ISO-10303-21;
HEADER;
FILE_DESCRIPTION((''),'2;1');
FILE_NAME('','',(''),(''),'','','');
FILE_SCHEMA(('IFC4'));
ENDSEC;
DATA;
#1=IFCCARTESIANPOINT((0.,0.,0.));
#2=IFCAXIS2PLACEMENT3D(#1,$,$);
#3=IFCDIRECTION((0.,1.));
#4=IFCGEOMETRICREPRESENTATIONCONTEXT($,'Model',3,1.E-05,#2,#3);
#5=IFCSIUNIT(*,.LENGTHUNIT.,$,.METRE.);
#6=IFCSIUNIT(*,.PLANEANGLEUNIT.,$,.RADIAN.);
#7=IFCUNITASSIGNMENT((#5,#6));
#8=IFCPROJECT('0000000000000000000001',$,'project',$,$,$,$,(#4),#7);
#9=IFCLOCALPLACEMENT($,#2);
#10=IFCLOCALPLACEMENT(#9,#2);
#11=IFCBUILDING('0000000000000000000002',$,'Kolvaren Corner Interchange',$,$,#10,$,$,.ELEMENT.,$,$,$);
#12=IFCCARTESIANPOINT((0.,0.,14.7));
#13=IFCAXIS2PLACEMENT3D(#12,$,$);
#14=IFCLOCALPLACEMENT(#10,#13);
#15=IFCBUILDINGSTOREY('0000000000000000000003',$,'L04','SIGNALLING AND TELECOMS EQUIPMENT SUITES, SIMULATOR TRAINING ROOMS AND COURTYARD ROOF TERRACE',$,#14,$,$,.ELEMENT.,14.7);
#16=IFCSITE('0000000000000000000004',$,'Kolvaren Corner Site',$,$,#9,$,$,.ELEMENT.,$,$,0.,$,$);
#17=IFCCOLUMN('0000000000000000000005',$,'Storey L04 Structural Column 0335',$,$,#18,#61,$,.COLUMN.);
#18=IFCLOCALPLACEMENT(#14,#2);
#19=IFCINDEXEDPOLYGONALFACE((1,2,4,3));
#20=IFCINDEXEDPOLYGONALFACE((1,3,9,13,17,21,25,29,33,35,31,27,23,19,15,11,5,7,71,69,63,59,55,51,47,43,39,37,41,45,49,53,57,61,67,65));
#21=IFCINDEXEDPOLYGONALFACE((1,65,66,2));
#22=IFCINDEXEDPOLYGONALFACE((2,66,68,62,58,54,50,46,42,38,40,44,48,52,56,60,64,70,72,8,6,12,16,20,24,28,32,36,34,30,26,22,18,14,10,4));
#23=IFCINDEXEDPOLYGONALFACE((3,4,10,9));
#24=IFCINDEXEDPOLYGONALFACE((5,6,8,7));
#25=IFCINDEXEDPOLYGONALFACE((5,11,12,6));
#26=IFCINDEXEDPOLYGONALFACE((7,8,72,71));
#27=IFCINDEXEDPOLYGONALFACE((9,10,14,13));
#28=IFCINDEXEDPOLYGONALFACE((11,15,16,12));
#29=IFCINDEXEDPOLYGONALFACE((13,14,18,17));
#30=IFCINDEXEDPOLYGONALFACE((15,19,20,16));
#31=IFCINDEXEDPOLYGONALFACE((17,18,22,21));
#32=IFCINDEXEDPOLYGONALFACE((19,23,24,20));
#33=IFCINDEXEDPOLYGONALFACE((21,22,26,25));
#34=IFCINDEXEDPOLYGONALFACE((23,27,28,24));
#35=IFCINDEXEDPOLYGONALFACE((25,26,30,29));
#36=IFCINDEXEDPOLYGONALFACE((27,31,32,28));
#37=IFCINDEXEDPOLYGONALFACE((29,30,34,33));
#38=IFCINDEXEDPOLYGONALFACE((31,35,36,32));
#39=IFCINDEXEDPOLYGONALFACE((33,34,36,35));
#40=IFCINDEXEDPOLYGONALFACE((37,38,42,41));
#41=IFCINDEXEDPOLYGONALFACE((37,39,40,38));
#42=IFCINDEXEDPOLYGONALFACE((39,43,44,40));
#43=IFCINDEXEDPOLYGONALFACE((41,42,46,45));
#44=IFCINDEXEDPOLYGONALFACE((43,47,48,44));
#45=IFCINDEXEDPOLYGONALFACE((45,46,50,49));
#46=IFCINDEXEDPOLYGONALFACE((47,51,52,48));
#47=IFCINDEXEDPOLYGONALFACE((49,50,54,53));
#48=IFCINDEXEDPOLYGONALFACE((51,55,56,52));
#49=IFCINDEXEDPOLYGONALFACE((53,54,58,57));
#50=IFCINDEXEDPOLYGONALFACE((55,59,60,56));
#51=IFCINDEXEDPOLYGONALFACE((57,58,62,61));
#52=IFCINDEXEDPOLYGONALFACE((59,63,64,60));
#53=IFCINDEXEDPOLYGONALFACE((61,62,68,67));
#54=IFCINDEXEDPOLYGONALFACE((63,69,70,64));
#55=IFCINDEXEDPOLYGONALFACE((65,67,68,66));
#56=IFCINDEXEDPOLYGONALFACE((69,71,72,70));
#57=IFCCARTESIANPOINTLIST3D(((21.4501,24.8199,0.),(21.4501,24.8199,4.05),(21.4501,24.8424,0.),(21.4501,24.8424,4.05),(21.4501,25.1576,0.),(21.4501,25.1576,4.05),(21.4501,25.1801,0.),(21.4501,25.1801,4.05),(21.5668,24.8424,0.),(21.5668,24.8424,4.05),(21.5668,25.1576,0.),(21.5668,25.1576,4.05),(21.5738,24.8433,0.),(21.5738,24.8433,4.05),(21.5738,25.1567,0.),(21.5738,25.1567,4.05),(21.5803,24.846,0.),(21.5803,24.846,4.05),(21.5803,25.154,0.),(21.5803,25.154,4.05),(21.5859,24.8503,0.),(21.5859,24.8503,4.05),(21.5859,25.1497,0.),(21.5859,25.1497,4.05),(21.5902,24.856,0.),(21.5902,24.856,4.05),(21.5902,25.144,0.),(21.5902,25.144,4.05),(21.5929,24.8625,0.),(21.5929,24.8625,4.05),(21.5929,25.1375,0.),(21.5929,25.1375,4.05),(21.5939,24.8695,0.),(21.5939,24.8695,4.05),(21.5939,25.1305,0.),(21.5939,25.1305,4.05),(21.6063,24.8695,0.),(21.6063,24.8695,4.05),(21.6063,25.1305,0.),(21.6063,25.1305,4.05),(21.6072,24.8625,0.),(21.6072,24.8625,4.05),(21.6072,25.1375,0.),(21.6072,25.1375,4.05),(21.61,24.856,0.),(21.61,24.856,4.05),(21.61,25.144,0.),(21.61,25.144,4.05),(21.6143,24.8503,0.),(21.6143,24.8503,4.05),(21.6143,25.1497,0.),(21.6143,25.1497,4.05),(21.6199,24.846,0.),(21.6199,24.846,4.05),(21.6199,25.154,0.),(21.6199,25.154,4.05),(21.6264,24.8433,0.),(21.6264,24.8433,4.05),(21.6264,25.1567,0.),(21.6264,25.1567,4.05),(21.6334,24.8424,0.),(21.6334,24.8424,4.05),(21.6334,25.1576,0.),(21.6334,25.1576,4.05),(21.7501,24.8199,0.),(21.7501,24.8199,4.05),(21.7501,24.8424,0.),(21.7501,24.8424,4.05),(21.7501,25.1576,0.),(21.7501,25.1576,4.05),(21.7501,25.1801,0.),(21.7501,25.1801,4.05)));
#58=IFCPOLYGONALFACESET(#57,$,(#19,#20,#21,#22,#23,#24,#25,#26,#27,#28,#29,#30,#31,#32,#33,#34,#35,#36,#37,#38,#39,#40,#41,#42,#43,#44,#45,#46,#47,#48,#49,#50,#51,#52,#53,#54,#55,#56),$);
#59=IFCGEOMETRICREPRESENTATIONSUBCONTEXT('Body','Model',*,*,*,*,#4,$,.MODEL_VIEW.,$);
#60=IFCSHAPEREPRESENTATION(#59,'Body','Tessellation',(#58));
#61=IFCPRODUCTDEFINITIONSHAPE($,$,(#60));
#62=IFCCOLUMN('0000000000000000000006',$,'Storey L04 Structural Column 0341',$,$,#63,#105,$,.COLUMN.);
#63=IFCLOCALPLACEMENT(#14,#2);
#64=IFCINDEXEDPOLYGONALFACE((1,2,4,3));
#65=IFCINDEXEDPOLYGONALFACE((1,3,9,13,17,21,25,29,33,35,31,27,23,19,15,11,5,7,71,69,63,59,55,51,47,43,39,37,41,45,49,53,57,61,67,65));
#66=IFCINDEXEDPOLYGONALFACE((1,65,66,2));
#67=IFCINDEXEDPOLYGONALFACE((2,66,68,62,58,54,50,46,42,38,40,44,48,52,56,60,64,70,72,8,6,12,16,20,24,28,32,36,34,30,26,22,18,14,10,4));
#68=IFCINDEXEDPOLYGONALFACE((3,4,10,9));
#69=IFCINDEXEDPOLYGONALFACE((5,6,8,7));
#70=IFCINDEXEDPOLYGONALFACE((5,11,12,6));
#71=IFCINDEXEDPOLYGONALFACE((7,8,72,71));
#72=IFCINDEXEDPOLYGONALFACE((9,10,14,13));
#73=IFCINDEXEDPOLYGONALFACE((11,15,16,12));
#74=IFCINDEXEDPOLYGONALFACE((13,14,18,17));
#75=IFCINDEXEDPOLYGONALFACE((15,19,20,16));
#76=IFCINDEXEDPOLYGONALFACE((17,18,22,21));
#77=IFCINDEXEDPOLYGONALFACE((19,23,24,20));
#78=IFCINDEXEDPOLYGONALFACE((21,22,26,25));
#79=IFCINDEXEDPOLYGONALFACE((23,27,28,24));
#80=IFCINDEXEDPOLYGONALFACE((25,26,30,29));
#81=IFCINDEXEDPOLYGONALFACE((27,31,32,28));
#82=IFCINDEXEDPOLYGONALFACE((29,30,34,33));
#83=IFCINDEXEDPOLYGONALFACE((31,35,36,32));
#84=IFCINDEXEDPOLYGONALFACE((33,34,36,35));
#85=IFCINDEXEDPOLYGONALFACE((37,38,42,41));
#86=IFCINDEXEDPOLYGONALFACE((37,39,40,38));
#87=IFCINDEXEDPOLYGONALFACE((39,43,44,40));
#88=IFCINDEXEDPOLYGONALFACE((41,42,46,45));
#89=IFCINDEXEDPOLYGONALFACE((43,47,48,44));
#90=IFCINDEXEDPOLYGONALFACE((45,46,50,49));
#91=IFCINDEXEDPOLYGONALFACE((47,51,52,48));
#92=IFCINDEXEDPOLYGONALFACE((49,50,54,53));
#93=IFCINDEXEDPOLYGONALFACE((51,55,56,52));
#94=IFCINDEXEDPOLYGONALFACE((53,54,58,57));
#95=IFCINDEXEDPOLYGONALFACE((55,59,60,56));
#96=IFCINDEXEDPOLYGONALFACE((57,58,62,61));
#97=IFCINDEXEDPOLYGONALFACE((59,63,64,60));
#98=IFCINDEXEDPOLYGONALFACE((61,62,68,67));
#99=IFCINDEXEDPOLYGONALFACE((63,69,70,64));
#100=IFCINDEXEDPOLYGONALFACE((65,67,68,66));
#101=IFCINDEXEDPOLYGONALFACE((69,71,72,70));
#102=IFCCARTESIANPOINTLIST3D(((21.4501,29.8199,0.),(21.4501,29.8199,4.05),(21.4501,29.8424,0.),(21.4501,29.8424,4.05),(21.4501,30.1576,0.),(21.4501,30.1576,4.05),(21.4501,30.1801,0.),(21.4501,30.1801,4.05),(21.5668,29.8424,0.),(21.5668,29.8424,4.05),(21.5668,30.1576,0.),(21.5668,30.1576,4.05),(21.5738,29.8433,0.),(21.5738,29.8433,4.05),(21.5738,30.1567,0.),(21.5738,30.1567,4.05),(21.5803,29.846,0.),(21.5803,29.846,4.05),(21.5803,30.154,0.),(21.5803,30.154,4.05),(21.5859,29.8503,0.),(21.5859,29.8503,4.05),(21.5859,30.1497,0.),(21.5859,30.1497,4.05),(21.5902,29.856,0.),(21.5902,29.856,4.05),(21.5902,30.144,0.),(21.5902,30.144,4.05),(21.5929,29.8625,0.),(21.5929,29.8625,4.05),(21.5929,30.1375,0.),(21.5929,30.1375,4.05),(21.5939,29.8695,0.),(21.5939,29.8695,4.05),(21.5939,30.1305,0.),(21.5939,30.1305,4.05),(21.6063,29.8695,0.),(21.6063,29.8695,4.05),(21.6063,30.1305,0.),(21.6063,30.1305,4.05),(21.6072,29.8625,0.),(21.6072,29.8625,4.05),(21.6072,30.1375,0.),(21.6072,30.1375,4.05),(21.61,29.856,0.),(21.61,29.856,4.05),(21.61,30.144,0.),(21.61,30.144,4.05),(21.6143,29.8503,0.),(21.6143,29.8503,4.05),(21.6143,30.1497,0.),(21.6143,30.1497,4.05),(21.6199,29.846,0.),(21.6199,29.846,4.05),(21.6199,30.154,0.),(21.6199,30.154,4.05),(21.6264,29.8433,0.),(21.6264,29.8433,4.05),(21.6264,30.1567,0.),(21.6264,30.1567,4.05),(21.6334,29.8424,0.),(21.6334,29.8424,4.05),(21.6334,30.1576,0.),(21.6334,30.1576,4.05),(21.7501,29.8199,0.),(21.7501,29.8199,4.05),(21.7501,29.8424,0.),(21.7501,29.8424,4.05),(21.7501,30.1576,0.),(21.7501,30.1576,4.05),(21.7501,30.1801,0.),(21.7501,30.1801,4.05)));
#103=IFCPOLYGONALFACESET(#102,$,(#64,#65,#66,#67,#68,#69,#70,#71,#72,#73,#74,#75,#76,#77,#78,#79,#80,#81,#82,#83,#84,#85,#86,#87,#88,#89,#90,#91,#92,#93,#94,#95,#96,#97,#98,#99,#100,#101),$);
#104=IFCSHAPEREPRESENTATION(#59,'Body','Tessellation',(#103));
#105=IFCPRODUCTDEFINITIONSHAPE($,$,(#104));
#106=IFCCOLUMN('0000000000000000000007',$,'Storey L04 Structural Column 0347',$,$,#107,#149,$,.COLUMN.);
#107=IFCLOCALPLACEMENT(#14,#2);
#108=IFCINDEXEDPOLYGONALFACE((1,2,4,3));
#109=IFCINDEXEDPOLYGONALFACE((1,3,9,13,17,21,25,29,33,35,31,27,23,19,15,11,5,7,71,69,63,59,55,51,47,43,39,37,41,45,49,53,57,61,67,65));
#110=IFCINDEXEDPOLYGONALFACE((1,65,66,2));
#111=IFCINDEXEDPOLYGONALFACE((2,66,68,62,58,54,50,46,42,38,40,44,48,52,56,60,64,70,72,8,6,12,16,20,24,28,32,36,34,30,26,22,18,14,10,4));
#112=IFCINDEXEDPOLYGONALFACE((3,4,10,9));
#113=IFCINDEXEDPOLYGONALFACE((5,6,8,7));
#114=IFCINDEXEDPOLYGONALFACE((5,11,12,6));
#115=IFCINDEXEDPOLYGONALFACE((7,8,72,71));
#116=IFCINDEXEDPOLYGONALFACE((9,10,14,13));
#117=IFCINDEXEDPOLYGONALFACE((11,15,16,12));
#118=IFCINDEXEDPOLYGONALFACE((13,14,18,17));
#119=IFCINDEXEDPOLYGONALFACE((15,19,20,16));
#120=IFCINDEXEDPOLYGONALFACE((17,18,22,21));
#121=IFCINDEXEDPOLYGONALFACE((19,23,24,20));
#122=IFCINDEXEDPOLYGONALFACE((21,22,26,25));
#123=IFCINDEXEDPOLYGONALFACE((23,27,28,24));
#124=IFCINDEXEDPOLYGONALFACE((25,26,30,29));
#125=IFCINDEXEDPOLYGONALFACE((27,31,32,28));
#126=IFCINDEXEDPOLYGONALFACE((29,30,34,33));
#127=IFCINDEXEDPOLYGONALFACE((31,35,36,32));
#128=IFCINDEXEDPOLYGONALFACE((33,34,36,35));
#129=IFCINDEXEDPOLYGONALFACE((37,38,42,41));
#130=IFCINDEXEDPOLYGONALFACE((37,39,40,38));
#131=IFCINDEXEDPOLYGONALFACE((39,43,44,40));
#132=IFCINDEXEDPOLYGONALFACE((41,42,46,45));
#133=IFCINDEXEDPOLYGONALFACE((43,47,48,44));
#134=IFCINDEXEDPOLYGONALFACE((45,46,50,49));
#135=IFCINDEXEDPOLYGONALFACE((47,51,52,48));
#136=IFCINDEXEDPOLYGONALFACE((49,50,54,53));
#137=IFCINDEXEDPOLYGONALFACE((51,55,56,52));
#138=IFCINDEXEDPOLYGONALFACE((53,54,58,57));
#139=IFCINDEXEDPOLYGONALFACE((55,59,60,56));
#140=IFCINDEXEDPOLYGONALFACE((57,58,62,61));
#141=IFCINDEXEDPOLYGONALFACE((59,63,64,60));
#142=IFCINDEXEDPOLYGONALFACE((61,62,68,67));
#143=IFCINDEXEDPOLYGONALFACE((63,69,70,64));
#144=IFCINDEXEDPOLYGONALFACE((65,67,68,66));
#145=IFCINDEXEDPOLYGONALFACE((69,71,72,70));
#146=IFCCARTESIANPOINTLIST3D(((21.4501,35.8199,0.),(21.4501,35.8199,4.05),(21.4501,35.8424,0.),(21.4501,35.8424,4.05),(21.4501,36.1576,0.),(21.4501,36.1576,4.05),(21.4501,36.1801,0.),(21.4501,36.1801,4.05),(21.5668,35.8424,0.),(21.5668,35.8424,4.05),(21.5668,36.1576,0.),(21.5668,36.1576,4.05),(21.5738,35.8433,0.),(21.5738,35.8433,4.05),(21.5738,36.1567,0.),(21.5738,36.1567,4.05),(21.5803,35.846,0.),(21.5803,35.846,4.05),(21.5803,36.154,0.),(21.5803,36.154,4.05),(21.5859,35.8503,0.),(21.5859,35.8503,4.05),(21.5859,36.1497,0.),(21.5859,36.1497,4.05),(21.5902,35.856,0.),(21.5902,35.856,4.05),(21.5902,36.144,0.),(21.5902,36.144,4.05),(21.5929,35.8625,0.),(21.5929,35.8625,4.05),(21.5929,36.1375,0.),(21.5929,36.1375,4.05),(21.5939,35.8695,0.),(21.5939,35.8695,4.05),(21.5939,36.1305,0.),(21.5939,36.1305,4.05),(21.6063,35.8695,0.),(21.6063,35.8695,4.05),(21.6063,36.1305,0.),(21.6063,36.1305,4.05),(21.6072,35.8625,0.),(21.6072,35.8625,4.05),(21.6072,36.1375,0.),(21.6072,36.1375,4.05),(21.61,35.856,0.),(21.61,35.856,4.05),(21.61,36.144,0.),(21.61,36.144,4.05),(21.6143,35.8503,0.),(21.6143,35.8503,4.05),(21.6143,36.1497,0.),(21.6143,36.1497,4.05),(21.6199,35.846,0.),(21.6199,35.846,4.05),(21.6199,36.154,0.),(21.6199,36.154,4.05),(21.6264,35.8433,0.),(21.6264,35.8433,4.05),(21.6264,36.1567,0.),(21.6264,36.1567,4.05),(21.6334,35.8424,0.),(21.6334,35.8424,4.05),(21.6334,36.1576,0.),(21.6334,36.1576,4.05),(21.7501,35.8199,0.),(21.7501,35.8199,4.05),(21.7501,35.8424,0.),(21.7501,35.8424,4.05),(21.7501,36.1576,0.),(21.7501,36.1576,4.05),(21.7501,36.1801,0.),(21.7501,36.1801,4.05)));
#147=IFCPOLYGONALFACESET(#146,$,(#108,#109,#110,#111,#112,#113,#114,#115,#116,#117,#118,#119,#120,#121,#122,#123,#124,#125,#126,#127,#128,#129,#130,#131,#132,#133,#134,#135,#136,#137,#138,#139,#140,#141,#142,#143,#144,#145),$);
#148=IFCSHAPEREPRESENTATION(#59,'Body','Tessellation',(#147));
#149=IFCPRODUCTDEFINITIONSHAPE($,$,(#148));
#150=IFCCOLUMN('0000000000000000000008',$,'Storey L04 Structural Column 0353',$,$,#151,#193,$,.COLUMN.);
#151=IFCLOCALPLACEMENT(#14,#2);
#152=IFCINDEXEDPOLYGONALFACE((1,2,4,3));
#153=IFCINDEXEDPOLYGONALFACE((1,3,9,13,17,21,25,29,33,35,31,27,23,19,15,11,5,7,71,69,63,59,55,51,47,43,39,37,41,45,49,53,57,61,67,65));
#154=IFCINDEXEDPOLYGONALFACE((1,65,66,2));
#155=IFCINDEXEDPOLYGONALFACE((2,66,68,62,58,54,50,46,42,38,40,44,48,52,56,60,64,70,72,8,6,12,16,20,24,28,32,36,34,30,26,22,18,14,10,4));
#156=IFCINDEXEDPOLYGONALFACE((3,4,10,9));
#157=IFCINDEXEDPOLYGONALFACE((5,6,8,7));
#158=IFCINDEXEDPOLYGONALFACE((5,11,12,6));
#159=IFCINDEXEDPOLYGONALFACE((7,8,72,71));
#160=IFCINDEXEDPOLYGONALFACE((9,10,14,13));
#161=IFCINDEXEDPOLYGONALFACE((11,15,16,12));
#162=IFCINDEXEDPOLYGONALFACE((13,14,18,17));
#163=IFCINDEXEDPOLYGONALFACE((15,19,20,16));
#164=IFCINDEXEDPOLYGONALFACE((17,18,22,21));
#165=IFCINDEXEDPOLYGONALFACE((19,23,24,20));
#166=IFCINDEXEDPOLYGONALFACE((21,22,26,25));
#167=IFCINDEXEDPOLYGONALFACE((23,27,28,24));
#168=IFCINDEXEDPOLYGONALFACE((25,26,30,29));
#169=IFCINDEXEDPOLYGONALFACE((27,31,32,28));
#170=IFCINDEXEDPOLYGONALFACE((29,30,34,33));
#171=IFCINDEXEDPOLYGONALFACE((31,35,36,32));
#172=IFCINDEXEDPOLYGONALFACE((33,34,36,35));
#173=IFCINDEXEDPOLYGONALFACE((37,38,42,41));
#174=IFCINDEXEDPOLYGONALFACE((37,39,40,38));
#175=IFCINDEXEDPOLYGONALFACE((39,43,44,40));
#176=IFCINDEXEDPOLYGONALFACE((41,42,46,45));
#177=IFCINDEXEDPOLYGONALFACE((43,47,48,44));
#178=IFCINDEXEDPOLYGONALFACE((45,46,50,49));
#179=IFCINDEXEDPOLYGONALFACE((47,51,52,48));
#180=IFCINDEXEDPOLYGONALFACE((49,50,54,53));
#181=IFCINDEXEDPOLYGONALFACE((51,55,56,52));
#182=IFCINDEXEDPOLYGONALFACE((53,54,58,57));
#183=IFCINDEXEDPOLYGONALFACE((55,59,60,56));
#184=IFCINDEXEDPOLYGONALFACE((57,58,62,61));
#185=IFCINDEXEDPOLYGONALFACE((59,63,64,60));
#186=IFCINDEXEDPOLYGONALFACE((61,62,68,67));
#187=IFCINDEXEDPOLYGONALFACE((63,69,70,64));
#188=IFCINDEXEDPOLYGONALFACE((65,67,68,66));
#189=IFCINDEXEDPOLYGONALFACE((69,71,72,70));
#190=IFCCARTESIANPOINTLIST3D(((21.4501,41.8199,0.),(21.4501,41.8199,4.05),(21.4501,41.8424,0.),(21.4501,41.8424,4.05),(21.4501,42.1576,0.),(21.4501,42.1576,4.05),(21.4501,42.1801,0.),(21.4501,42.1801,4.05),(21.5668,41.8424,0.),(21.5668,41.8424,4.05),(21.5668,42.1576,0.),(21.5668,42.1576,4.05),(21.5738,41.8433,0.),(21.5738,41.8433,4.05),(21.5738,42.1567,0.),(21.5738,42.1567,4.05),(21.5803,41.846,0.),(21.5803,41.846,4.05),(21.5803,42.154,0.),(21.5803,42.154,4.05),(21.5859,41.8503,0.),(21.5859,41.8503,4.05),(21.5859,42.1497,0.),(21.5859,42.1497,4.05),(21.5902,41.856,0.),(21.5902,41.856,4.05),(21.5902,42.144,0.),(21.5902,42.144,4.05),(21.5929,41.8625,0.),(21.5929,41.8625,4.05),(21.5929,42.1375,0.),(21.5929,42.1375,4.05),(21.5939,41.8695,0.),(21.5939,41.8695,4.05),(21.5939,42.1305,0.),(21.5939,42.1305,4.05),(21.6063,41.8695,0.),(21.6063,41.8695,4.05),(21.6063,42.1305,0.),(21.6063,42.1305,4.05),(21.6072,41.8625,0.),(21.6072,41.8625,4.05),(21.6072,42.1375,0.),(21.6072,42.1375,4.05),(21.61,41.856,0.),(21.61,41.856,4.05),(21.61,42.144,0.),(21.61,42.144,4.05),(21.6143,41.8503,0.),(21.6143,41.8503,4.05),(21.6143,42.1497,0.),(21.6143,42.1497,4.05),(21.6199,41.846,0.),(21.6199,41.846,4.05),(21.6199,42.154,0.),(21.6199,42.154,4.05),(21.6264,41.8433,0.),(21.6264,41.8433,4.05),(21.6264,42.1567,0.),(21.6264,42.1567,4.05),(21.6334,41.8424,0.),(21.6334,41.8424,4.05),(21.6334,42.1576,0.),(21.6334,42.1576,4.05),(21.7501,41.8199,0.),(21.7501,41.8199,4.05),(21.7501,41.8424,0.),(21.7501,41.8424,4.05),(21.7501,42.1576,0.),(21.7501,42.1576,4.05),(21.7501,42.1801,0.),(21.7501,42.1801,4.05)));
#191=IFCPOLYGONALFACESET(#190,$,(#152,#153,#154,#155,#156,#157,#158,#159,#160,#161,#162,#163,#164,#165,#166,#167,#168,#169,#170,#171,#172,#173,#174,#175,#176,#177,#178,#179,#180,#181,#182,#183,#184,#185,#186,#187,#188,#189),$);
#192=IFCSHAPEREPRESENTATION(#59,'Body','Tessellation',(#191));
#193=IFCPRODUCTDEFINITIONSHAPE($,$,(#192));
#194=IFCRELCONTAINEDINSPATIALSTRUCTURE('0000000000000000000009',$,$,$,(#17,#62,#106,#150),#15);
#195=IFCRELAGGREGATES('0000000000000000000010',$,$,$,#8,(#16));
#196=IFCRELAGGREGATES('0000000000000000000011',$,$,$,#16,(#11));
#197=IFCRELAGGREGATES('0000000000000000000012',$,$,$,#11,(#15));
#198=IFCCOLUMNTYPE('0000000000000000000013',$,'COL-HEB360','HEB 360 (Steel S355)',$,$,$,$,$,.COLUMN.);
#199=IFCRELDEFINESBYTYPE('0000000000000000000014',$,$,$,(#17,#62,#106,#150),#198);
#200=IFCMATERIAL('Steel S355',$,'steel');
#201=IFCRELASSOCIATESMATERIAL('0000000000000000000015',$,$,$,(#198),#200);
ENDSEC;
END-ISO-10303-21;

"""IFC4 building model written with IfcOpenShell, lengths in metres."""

from ifc_helpers import new_model, si_unit, direction, frame, origin, origin_2d, place, context, subcontext, project, spatial, i_section, extrude, material, material_profile, profile_set, type_object, element, save


model = new_model("IFC4")

# Units and contexts
model_context = context("Model", 3, precision=1e-05, world=origin(), true_north=direction((0.0, 1.0)))
body_context = subcontext(model_context, "Body", "Model", "MODEL_VIEW")
ifc_project = project(units=[si_unit("LENGTHUNIT", "METRE"), si_unit("PLANEANGLEUNIT", "RADIAN")], contexts=[model_context])

# Site, building, storey
site_placement = place(None, origin())
site = spatial("IfcSite", under=ifc_project, at=site_placement, Name="Kolvaren Corner Site", CompositionType="ELEMENT", RefElevation=0.0)
building_placement = place(site_placement, origin())
building = spatial("IfcBuilding", under=site, at=building_placement, Name="Kolvaren Corner Interchange", CompositionType="ELEMENT")
storey_placement = place(building_placement, frame((0.0, 0.0, 14.7)))
storey = spatial("IfcBuildingStorey", under=building, at=storey_placement, Name="L04", Description="SIGNALLING AND TELECOMS EQUIPMENT SUITES, SIMULATOR TRAINING ROOMS AND COURTYARD ROOF TERRACE", CompositionType="ELEMENT", Elevation=14.7)

# Columns
ifc_material_1 = material(Name="Steel S355", Category="steel")
ifc_material_profile_1 = material_profile(ifc_material_1, i_section(OverallWidth=0.3, OverallDepth=0.3601, WebThickness=0.0125, FlangeThickness=0.0225, FilletRadius=0.0271, at=origin_2d()), Name="HEB 360")
ifc_profile_set_1 = profile_set([ifc_material_profile_1], Name="Steel S355")
column_type = type_object("IfcColumnType", Name="COL-HEB360", Description="HEB 360 (Steel S355)", PredefinedType="COLUMN", material=ifc_profile_set_1)
for number, where, z_axis, x_axis, name in (
    (1, (21.6001, 25.0, 0.0), (0.0, 0.0, 1.0), (1.0, 0.0, 0.0), "Storey L04 Structural Column 0335"),
    (2, (21.6001, 30.0, 0.0), (0.0, 0.0, 1.0), (1.0, 0.0, 0.0), "Storey L04 Structural Column 0341"),
    (3, (21.6001, 36.0, 0.0), (0.0, 0.0, 1.0), (1.0, 0.0, 0.0), "Storey L04 Structural Column 0347"),
    (4, (21.6001, 42.0, 0.0), (0.0, 0.0, 1.0), (1.0, 0.0, 0.0), "Storey L04 Structural Column 0353"),
):
    element("IfcColumn", number, at=place(storey_placement, frame(where, z_axis=z_axis, x_axis=x_axis)), inside=storey, type_object=column_type, Name=name, PredefinedType="COLUMN", context=body_context, shape_type="SweptSolid", body=[
        extrude(i_section(OverallWidth=0.3, OverallDepth=0.3601, WebThickness=0.0125, FlangeThickness=0.0225, FilletRadius=0.0271, at=origin_2d()), origin(), (0.0, 0.0, 1.0), 4.05),
    ])

save(model, "model.ifc")
